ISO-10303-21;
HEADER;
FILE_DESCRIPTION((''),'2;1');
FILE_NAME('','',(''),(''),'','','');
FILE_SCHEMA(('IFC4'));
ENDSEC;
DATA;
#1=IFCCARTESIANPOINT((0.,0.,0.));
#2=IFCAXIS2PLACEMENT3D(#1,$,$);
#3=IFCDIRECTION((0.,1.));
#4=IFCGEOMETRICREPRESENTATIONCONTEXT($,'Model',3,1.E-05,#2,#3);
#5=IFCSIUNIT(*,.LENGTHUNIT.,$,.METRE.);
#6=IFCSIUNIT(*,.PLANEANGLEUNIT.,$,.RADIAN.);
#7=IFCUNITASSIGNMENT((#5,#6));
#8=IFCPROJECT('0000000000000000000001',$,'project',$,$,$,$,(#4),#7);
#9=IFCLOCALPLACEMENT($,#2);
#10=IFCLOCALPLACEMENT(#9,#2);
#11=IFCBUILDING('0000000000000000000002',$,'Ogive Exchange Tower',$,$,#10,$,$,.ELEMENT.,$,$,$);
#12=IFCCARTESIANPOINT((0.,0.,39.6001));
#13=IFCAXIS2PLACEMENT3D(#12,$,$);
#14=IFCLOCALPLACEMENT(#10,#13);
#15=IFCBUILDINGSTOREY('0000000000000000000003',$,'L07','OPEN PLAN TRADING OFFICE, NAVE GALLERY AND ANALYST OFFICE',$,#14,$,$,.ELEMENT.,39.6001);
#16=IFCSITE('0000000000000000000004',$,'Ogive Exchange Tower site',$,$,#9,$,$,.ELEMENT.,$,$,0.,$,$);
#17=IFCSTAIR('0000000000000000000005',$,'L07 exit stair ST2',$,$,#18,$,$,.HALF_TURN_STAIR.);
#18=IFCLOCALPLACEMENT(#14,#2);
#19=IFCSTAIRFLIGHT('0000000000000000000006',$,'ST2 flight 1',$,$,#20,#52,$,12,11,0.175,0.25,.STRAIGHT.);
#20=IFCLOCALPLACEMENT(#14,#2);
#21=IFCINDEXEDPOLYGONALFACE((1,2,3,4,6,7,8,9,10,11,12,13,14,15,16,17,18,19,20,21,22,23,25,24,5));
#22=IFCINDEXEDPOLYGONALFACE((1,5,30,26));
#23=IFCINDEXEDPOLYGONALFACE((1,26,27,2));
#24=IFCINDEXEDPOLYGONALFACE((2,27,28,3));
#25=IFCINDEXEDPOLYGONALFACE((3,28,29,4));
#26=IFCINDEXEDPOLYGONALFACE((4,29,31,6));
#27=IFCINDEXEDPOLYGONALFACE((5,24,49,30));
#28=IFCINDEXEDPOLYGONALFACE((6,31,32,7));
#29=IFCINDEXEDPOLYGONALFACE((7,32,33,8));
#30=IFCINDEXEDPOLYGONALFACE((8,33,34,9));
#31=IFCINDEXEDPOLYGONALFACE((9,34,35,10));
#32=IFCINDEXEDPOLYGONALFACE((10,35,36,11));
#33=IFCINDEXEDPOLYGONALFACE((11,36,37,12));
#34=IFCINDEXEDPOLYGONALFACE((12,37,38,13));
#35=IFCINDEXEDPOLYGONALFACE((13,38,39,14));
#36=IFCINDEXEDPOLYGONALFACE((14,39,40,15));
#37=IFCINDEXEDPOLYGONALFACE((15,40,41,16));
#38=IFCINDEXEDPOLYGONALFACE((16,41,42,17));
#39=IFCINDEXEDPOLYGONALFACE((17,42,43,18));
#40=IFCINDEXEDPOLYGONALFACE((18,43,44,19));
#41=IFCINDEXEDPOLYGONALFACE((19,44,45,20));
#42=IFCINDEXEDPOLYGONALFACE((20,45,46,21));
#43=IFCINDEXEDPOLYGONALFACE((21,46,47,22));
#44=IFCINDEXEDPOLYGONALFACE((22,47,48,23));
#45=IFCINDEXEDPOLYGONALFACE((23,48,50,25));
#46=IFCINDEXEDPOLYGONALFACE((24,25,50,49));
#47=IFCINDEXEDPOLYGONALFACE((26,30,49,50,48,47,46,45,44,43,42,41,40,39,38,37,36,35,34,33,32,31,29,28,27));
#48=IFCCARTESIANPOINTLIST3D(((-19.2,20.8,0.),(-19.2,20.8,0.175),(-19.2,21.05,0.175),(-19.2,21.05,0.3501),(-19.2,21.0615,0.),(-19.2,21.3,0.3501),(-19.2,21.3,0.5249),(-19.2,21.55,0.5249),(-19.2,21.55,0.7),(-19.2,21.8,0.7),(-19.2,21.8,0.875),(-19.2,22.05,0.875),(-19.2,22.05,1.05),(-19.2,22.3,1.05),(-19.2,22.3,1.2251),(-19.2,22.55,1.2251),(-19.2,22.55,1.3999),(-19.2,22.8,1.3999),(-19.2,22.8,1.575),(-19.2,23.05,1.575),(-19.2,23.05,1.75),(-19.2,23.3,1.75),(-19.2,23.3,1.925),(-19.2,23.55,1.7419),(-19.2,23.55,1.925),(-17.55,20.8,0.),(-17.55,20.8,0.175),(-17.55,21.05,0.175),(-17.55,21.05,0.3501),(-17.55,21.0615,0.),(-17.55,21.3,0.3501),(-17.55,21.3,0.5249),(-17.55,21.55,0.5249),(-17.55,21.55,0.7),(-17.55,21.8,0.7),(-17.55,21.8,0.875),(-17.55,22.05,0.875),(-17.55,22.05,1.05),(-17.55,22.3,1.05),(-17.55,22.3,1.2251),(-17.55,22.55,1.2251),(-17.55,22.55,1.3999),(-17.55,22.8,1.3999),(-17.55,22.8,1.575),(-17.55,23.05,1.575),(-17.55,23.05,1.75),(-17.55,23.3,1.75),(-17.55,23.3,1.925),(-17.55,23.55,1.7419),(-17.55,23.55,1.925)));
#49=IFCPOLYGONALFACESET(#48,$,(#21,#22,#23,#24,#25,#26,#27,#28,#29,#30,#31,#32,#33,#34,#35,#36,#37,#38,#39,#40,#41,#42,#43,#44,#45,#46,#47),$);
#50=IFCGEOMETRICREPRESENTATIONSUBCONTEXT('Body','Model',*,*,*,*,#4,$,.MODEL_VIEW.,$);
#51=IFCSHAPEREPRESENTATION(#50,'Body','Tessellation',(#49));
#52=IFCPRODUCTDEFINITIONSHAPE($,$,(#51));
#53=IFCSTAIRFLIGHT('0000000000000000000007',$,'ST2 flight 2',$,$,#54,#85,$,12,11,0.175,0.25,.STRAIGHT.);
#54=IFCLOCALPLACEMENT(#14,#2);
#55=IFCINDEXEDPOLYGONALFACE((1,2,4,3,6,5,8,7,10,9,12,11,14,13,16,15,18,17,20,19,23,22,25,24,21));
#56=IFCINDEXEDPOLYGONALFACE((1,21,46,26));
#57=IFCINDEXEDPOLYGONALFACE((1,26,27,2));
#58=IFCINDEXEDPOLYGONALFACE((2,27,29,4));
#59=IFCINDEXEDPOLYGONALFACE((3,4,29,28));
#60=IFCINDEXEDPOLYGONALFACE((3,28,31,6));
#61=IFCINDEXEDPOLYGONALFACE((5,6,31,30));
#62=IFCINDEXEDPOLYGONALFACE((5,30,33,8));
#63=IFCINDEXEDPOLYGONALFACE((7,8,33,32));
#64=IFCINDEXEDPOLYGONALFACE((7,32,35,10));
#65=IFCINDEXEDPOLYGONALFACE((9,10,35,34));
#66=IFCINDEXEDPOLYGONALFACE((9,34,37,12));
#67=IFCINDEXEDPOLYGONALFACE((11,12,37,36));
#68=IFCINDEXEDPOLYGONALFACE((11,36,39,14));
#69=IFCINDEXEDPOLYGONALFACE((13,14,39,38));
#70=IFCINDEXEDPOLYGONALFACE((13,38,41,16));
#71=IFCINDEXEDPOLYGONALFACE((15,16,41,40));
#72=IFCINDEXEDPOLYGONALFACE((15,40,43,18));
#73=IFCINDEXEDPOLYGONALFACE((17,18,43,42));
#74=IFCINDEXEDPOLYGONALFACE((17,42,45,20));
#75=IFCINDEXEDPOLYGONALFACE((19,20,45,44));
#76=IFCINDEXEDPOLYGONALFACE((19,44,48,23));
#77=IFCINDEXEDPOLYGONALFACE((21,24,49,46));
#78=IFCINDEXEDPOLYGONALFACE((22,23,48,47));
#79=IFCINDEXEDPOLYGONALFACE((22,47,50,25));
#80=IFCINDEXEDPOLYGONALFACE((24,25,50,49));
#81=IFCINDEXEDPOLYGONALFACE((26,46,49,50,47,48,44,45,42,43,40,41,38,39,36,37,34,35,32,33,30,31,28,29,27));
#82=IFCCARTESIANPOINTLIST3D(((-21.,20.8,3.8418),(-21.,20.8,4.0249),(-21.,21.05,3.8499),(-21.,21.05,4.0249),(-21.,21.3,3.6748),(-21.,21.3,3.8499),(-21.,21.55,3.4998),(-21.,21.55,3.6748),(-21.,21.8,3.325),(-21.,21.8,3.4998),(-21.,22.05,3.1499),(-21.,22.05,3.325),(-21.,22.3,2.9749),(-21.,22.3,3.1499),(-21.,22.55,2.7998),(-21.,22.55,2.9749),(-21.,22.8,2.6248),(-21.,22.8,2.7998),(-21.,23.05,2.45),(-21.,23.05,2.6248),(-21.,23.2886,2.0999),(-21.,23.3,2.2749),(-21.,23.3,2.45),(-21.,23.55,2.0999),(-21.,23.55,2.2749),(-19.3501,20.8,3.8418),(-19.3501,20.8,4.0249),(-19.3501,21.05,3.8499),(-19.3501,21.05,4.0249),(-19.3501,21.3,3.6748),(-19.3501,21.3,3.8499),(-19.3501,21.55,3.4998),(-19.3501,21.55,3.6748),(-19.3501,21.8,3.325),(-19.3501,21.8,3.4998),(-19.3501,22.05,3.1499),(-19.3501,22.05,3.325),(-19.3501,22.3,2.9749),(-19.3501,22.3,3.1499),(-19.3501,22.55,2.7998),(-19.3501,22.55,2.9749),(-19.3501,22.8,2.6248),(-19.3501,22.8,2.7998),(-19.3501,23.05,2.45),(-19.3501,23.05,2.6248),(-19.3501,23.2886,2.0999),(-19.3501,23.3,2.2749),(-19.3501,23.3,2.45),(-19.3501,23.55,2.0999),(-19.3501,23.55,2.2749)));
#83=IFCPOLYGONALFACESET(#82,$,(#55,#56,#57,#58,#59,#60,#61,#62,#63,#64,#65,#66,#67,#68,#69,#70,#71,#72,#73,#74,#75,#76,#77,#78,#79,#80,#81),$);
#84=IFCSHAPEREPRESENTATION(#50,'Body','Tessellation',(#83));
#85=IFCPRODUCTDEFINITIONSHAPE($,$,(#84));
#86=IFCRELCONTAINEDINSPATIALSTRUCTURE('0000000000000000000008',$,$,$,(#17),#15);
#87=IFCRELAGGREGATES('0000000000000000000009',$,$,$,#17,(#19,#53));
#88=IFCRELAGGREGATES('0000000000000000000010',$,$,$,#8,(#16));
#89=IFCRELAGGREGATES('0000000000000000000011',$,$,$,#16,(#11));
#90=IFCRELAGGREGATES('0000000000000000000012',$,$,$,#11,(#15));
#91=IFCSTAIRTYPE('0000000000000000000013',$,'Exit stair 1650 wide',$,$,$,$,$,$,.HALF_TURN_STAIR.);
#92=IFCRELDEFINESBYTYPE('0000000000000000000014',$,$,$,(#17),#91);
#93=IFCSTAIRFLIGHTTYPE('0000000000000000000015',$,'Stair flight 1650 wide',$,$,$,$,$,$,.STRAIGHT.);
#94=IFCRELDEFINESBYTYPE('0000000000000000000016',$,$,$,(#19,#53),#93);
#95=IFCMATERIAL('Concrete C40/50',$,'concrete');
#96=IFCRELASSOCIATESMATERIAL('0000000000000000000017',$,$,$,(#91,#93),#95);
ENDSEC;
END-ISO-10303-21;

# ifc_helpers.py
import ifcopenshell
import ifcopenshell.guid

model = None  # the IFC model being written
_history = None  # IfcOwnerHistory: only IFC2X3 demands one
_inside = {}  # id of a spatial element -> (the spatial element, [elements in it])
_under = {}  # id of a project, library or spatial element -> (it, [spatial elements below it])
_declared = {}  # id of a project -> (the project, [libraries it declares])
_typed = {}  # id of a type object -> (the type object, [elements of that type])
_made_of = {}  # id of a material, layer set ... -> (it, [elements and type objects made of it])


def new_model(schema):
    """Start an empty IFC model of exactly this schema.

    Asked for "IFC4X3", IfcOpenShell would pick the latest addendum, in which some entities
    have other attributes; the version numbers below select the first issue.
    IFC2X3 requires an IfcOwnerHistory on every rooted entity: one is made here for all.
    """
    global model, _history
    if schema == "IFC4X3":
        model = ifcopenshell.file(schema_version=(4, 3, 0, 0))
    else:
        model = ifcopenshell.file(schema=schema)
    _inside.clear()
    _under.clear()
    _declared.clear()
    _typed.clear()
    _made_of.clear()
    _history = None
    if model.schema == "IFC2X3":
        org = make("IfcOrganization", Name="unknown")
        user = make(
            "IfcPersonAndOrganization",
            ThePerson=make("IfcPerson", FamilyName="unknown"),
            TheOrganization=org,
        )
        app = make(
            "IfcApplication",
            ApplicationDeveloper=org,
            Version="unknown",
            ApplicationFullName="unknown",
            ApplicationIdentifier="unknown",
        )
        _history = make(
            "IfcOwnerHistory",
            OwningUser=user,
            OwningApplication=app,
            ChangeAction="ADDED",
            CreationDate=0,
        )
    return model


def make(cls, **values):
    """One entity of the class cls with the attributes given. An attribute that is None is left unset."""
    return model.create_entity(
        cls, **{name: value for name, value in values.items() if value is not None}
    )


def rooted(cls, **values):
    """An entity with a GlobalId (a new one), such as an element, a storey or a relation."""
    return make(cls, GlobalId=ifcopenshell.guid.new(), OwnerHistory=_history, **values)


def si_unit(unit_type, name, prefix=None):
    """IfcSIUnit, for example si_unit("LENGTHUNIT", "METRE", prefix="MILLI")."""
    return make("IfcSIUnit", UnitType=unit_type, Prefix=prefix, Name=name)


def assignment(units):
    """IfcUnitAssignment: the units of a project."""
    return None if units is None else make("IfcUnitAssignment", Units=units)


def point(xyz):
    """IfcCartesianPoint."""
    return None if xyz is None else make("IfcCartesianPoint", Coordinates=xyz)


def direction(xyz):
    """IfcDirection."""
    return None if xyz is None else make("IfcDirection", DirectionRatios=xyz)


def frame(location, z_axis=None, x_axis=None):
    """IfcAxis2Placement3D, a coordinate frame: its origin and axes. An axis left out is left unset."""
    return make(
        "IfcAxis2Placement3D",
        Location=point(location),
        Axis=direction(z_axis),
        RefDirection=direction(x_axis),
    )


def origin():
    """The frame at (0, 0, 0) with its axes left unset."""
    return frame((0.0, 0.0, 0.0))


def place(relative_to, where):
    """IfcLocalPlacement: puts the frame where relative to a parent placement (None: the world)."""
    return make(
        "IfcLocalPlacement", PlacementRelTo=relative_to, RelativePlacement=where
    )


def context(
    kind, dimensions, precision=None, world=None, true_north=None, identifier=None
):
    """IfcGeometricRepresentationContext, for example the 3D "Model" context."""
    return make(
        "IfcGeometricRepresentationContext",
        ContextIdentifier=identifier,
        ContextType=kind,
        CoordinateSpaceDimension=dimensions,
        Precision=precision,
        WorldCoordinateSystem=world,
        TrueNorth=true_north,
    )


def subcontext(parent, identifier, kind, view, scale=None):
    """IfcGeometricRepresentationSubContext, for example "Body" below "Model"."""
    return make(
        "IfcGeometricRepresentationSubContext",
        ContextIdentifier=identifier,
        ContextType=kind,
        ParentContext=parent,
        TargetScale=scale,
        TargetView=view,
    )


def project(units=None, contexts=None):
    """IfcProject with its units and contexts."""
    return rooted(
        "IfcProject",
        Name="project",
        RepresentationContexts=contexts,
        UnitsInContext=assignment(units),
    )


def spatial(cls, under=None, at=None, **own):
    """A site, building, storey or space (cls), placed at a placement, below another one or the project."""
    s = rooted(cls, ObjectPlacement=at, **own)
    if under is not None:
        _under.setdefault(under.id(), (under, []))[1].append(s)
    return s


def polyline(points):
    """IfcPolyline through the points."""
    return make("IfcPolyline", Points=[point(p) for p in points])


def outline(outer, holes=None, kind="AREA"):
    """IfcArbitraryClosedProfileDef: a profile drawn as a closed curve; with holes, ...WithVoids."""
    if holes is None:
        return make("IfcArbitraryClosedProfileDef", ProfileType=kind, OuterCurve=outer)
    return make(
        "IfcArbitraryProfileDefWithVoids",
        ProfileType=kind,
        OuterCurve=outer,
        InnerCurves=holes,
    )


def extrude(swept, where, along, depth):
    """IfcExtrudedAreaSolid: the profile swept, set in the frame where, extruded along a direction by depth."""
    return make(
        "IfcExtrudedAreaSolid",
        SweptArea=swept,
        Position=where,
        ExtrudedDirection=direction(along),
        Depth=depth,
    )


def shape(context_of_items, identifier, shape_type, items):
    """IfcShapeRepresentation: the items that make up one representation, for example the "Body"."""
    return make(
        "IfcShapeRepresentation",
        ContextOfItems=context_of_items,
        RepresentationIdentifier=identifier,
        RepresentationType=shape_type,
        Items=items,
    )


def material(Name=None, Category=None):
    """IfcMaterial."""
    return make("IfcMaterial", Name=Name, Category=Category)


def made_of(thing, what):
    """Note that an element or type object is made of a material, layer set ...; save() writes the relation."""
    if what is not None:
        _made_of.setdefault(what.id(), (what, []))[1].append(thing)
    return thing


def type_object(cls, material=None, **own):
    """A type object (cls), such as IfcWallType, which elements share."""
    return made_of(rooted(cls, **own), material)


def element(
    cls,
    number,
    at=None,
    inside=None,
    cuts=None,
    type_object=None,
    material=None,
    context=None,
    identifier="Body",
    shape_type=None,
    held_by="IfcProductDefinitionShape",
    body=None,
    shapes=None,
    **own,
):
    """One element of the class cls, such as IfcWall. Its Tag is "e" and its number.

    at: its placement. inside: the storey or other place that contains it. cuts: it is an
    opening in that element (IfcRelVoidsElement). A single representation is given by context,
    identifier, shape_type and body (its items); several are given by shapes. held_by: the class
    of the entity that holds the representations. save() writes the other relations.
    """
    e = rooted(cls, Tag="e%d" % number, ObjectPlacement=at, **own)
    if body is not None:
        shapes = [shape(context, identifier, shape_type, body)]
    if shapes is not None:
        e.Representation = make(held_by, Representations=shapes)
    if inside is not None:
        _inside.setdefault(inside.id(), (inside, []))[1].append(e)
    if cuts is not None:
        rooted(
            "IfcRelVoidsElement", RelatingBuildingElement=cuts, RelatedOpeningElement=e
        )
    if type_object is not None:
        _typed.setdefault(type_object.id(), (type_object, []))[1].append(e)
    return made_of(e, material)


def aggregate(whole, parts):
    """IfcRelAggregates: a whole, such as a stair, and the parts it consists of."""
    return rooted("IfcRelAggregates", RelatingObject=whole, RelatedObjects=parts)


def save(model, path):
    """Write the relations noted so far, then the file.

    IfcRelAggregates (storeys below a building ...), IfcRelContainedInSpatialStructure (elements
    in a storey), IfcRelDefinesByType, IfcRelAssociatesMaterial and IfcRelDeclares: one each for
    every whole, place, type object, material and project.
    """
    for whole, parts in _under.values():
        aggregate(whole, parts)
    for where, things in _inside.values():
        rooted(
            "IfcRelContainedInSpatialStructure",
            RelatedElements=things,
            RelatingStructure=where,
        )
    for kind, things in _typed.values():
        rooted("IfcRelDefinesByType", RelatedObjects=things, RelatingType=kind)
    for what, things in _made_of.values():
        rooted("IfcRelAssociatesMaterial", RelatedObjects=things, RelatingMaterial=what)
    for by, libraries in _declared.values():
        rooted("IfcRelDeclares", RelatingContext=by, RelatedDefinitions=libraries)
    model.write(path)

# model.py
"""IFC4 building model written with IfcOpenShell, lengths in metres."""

from ifc_helpers import new_model, si_unit, direction, frame, origin, place, context, subcontext, project, spatial, polyline, outline, extrude, material, type_object, element, aggregate, save


model = new_model("IFC4")

# Units and contexts
model_context = context("Model", 3, precision=1e-05, world=origin(), true_north=direction((0.0, 1.0)))
body_context = subcontext(model_context, "Body", "Model", "MODEL_VIEW")
ifc_project = project(units=[si_unit("LENGTHUNIT", "METRE"), si_unit("PLANEANGLEUNIT", "RADIAN")], contexts=[model_context])

# Site, building, storey
site_placement = place(None, origin())
site = spatial("IfcSite", under=ifc_project, at=site_placement, Name="Ogive Exchange Tower site", CompositionType="ELEMENT", RefElevation=0.0)
building_placement = place(site_placement, origin())
building = spatial("IfcBuilding", under=site, at=building_placement, Name="Ogive Exchange Tower", CompositionType="ELEMENT")
storey_placement = place(building_placement, frame((0.0, 0.0, 39.6001)))
storey = spatial("IfcBuildingStorey", under=building, at=storey_placement, Name="L07", Description="OPEN PLAN TRADING OFFICE, NAVE GALLERY AND ANALYST OFFICE", CompositionType="ELEMENT", Elevation=39.6001)

# Stair, stair flights
ifc_material_1 = material(Name="Concrete C40/50", Category="concrete")
stair_type = type_object("IfcStairType", Name="Exit stair 1650 wide", PredefinedType="HALF_TURN_STAIR", material=ifc_material_1)
stair_placement = place(storey_placement, origin())
stair = element("IfcStair", 1, at=stair_placement, inside=storey, type_object=stair_type, Name="L07 exit stair ST2", PredefinedType="HALF_TURN_STAIR")
stair_flight_type = type_object("IfcStairFlightType", Name="Stair flight 1650 wide", PredefinedType="STRAIGHT", material=ifc_material_1)
stair_flight_1_placement = place(storey_placement, frame((-18.375, 20.8, 0.0), z_axis=(0.0, 0.0, 1.0), x_axis=(0.0, 1.0, 0.0)))
stair_flight_1 = element("IfcStairFlight", 2, at=stair_flight_1_placement, type_object=stair_flight_type, Name="ST2 flight 1", NumberOfRisers=12, NumberOfTreads=11, PredefinedType="STRAIGHT", RiserHeight=0.175, TreadLength=0.25, context=body_context, shape_type="SweptSolid", body=[
    extrude(outline(polyline([(0.0, 0.0), (0.0, 0.175), (0.25, 0.175), (0.25, 0.3501), (0.5, 0.3501), (0.5, 0.5249), (0.75, 0.5249), (0.75, 0.7), (1.0, 0.7), (1.0, 0.875), (1.25, 0.875), (1.25, 1.05), (1.5, 1.05), (1.5, 1.2251), (1.75, 1.2251), (1.75, 1.3999), (2.0, 1.3999), (2.0, 1.575), (2.25, 1.575), (2.25, 1.75), (2.5, 1.75), (2.5, 1.925), (2.75, 1.925), (2.75, 2.1001), (2.75, 1.7419), (0.2615, 0.0), (0.0, 0.0)])), frame((0.0, 0.825, 0.0), z_axis=(0.0, -1.0, 0.0), x_axis=(1.0, 0.0, 0.0)), (0.0, 0.0, 1.0), 1.6499),
])
stair_flight_2_placement = place(storey_placement, frame((-20.175, 23.55, 2.0999), z_axis=(0.0, 0.0, 1.0), x_axis=(0.0, -1.0, 0.0)))
stair_flight_2 = element("IfcStairFlight", 3, at=stair_flight_2_placement, type_object=stair_flight_type, Name="ST2 flight 2", NumberOfRisers=12, NumberOfTreads=11, PredefinedType="STRAIGHT", RiserHeight=0.175, TreadLength=0.25, context=body_context, shape_type="SweptSolid", body=[
    extrude(outline(polyline([(0.0, 0.0), (0.0, 0.175), (0.25, 0.175), (0.25, 0.3501), (0.5, 0.3501), (0.5, 0.5249), (0.75, 0.5249), (0.75, 0.7), (1.0, 0.7), (1.0, 0.875), (1.25, 0.875), (1.25, 1.05), (1.5, 1.05), (1.5, 1.2251), (1.75, 1.2251), (1.75, 1.3999), (2.0, 1.3999), (2.0, 1.575), (2.25, 1.575), (2.25, 1.75), (2.5, 1.75), (2.5, 1.925), (2.75, 1.925), (2.75, 2.1001), (2.75, 1.7419), (0.2615, 0.0), (0.0, 0.0)])), frame((0.0, 0.825, 0.0), z_axis=(0.0, -1.0, 0.0), x_axis=(1.0, 0.0, 0.0)), (0.0, 0.0, 1.0), 1.6499),
])
aggregate(stair, [stair_flight_1, stair_flight_2])

save(model, "model.ifc")
